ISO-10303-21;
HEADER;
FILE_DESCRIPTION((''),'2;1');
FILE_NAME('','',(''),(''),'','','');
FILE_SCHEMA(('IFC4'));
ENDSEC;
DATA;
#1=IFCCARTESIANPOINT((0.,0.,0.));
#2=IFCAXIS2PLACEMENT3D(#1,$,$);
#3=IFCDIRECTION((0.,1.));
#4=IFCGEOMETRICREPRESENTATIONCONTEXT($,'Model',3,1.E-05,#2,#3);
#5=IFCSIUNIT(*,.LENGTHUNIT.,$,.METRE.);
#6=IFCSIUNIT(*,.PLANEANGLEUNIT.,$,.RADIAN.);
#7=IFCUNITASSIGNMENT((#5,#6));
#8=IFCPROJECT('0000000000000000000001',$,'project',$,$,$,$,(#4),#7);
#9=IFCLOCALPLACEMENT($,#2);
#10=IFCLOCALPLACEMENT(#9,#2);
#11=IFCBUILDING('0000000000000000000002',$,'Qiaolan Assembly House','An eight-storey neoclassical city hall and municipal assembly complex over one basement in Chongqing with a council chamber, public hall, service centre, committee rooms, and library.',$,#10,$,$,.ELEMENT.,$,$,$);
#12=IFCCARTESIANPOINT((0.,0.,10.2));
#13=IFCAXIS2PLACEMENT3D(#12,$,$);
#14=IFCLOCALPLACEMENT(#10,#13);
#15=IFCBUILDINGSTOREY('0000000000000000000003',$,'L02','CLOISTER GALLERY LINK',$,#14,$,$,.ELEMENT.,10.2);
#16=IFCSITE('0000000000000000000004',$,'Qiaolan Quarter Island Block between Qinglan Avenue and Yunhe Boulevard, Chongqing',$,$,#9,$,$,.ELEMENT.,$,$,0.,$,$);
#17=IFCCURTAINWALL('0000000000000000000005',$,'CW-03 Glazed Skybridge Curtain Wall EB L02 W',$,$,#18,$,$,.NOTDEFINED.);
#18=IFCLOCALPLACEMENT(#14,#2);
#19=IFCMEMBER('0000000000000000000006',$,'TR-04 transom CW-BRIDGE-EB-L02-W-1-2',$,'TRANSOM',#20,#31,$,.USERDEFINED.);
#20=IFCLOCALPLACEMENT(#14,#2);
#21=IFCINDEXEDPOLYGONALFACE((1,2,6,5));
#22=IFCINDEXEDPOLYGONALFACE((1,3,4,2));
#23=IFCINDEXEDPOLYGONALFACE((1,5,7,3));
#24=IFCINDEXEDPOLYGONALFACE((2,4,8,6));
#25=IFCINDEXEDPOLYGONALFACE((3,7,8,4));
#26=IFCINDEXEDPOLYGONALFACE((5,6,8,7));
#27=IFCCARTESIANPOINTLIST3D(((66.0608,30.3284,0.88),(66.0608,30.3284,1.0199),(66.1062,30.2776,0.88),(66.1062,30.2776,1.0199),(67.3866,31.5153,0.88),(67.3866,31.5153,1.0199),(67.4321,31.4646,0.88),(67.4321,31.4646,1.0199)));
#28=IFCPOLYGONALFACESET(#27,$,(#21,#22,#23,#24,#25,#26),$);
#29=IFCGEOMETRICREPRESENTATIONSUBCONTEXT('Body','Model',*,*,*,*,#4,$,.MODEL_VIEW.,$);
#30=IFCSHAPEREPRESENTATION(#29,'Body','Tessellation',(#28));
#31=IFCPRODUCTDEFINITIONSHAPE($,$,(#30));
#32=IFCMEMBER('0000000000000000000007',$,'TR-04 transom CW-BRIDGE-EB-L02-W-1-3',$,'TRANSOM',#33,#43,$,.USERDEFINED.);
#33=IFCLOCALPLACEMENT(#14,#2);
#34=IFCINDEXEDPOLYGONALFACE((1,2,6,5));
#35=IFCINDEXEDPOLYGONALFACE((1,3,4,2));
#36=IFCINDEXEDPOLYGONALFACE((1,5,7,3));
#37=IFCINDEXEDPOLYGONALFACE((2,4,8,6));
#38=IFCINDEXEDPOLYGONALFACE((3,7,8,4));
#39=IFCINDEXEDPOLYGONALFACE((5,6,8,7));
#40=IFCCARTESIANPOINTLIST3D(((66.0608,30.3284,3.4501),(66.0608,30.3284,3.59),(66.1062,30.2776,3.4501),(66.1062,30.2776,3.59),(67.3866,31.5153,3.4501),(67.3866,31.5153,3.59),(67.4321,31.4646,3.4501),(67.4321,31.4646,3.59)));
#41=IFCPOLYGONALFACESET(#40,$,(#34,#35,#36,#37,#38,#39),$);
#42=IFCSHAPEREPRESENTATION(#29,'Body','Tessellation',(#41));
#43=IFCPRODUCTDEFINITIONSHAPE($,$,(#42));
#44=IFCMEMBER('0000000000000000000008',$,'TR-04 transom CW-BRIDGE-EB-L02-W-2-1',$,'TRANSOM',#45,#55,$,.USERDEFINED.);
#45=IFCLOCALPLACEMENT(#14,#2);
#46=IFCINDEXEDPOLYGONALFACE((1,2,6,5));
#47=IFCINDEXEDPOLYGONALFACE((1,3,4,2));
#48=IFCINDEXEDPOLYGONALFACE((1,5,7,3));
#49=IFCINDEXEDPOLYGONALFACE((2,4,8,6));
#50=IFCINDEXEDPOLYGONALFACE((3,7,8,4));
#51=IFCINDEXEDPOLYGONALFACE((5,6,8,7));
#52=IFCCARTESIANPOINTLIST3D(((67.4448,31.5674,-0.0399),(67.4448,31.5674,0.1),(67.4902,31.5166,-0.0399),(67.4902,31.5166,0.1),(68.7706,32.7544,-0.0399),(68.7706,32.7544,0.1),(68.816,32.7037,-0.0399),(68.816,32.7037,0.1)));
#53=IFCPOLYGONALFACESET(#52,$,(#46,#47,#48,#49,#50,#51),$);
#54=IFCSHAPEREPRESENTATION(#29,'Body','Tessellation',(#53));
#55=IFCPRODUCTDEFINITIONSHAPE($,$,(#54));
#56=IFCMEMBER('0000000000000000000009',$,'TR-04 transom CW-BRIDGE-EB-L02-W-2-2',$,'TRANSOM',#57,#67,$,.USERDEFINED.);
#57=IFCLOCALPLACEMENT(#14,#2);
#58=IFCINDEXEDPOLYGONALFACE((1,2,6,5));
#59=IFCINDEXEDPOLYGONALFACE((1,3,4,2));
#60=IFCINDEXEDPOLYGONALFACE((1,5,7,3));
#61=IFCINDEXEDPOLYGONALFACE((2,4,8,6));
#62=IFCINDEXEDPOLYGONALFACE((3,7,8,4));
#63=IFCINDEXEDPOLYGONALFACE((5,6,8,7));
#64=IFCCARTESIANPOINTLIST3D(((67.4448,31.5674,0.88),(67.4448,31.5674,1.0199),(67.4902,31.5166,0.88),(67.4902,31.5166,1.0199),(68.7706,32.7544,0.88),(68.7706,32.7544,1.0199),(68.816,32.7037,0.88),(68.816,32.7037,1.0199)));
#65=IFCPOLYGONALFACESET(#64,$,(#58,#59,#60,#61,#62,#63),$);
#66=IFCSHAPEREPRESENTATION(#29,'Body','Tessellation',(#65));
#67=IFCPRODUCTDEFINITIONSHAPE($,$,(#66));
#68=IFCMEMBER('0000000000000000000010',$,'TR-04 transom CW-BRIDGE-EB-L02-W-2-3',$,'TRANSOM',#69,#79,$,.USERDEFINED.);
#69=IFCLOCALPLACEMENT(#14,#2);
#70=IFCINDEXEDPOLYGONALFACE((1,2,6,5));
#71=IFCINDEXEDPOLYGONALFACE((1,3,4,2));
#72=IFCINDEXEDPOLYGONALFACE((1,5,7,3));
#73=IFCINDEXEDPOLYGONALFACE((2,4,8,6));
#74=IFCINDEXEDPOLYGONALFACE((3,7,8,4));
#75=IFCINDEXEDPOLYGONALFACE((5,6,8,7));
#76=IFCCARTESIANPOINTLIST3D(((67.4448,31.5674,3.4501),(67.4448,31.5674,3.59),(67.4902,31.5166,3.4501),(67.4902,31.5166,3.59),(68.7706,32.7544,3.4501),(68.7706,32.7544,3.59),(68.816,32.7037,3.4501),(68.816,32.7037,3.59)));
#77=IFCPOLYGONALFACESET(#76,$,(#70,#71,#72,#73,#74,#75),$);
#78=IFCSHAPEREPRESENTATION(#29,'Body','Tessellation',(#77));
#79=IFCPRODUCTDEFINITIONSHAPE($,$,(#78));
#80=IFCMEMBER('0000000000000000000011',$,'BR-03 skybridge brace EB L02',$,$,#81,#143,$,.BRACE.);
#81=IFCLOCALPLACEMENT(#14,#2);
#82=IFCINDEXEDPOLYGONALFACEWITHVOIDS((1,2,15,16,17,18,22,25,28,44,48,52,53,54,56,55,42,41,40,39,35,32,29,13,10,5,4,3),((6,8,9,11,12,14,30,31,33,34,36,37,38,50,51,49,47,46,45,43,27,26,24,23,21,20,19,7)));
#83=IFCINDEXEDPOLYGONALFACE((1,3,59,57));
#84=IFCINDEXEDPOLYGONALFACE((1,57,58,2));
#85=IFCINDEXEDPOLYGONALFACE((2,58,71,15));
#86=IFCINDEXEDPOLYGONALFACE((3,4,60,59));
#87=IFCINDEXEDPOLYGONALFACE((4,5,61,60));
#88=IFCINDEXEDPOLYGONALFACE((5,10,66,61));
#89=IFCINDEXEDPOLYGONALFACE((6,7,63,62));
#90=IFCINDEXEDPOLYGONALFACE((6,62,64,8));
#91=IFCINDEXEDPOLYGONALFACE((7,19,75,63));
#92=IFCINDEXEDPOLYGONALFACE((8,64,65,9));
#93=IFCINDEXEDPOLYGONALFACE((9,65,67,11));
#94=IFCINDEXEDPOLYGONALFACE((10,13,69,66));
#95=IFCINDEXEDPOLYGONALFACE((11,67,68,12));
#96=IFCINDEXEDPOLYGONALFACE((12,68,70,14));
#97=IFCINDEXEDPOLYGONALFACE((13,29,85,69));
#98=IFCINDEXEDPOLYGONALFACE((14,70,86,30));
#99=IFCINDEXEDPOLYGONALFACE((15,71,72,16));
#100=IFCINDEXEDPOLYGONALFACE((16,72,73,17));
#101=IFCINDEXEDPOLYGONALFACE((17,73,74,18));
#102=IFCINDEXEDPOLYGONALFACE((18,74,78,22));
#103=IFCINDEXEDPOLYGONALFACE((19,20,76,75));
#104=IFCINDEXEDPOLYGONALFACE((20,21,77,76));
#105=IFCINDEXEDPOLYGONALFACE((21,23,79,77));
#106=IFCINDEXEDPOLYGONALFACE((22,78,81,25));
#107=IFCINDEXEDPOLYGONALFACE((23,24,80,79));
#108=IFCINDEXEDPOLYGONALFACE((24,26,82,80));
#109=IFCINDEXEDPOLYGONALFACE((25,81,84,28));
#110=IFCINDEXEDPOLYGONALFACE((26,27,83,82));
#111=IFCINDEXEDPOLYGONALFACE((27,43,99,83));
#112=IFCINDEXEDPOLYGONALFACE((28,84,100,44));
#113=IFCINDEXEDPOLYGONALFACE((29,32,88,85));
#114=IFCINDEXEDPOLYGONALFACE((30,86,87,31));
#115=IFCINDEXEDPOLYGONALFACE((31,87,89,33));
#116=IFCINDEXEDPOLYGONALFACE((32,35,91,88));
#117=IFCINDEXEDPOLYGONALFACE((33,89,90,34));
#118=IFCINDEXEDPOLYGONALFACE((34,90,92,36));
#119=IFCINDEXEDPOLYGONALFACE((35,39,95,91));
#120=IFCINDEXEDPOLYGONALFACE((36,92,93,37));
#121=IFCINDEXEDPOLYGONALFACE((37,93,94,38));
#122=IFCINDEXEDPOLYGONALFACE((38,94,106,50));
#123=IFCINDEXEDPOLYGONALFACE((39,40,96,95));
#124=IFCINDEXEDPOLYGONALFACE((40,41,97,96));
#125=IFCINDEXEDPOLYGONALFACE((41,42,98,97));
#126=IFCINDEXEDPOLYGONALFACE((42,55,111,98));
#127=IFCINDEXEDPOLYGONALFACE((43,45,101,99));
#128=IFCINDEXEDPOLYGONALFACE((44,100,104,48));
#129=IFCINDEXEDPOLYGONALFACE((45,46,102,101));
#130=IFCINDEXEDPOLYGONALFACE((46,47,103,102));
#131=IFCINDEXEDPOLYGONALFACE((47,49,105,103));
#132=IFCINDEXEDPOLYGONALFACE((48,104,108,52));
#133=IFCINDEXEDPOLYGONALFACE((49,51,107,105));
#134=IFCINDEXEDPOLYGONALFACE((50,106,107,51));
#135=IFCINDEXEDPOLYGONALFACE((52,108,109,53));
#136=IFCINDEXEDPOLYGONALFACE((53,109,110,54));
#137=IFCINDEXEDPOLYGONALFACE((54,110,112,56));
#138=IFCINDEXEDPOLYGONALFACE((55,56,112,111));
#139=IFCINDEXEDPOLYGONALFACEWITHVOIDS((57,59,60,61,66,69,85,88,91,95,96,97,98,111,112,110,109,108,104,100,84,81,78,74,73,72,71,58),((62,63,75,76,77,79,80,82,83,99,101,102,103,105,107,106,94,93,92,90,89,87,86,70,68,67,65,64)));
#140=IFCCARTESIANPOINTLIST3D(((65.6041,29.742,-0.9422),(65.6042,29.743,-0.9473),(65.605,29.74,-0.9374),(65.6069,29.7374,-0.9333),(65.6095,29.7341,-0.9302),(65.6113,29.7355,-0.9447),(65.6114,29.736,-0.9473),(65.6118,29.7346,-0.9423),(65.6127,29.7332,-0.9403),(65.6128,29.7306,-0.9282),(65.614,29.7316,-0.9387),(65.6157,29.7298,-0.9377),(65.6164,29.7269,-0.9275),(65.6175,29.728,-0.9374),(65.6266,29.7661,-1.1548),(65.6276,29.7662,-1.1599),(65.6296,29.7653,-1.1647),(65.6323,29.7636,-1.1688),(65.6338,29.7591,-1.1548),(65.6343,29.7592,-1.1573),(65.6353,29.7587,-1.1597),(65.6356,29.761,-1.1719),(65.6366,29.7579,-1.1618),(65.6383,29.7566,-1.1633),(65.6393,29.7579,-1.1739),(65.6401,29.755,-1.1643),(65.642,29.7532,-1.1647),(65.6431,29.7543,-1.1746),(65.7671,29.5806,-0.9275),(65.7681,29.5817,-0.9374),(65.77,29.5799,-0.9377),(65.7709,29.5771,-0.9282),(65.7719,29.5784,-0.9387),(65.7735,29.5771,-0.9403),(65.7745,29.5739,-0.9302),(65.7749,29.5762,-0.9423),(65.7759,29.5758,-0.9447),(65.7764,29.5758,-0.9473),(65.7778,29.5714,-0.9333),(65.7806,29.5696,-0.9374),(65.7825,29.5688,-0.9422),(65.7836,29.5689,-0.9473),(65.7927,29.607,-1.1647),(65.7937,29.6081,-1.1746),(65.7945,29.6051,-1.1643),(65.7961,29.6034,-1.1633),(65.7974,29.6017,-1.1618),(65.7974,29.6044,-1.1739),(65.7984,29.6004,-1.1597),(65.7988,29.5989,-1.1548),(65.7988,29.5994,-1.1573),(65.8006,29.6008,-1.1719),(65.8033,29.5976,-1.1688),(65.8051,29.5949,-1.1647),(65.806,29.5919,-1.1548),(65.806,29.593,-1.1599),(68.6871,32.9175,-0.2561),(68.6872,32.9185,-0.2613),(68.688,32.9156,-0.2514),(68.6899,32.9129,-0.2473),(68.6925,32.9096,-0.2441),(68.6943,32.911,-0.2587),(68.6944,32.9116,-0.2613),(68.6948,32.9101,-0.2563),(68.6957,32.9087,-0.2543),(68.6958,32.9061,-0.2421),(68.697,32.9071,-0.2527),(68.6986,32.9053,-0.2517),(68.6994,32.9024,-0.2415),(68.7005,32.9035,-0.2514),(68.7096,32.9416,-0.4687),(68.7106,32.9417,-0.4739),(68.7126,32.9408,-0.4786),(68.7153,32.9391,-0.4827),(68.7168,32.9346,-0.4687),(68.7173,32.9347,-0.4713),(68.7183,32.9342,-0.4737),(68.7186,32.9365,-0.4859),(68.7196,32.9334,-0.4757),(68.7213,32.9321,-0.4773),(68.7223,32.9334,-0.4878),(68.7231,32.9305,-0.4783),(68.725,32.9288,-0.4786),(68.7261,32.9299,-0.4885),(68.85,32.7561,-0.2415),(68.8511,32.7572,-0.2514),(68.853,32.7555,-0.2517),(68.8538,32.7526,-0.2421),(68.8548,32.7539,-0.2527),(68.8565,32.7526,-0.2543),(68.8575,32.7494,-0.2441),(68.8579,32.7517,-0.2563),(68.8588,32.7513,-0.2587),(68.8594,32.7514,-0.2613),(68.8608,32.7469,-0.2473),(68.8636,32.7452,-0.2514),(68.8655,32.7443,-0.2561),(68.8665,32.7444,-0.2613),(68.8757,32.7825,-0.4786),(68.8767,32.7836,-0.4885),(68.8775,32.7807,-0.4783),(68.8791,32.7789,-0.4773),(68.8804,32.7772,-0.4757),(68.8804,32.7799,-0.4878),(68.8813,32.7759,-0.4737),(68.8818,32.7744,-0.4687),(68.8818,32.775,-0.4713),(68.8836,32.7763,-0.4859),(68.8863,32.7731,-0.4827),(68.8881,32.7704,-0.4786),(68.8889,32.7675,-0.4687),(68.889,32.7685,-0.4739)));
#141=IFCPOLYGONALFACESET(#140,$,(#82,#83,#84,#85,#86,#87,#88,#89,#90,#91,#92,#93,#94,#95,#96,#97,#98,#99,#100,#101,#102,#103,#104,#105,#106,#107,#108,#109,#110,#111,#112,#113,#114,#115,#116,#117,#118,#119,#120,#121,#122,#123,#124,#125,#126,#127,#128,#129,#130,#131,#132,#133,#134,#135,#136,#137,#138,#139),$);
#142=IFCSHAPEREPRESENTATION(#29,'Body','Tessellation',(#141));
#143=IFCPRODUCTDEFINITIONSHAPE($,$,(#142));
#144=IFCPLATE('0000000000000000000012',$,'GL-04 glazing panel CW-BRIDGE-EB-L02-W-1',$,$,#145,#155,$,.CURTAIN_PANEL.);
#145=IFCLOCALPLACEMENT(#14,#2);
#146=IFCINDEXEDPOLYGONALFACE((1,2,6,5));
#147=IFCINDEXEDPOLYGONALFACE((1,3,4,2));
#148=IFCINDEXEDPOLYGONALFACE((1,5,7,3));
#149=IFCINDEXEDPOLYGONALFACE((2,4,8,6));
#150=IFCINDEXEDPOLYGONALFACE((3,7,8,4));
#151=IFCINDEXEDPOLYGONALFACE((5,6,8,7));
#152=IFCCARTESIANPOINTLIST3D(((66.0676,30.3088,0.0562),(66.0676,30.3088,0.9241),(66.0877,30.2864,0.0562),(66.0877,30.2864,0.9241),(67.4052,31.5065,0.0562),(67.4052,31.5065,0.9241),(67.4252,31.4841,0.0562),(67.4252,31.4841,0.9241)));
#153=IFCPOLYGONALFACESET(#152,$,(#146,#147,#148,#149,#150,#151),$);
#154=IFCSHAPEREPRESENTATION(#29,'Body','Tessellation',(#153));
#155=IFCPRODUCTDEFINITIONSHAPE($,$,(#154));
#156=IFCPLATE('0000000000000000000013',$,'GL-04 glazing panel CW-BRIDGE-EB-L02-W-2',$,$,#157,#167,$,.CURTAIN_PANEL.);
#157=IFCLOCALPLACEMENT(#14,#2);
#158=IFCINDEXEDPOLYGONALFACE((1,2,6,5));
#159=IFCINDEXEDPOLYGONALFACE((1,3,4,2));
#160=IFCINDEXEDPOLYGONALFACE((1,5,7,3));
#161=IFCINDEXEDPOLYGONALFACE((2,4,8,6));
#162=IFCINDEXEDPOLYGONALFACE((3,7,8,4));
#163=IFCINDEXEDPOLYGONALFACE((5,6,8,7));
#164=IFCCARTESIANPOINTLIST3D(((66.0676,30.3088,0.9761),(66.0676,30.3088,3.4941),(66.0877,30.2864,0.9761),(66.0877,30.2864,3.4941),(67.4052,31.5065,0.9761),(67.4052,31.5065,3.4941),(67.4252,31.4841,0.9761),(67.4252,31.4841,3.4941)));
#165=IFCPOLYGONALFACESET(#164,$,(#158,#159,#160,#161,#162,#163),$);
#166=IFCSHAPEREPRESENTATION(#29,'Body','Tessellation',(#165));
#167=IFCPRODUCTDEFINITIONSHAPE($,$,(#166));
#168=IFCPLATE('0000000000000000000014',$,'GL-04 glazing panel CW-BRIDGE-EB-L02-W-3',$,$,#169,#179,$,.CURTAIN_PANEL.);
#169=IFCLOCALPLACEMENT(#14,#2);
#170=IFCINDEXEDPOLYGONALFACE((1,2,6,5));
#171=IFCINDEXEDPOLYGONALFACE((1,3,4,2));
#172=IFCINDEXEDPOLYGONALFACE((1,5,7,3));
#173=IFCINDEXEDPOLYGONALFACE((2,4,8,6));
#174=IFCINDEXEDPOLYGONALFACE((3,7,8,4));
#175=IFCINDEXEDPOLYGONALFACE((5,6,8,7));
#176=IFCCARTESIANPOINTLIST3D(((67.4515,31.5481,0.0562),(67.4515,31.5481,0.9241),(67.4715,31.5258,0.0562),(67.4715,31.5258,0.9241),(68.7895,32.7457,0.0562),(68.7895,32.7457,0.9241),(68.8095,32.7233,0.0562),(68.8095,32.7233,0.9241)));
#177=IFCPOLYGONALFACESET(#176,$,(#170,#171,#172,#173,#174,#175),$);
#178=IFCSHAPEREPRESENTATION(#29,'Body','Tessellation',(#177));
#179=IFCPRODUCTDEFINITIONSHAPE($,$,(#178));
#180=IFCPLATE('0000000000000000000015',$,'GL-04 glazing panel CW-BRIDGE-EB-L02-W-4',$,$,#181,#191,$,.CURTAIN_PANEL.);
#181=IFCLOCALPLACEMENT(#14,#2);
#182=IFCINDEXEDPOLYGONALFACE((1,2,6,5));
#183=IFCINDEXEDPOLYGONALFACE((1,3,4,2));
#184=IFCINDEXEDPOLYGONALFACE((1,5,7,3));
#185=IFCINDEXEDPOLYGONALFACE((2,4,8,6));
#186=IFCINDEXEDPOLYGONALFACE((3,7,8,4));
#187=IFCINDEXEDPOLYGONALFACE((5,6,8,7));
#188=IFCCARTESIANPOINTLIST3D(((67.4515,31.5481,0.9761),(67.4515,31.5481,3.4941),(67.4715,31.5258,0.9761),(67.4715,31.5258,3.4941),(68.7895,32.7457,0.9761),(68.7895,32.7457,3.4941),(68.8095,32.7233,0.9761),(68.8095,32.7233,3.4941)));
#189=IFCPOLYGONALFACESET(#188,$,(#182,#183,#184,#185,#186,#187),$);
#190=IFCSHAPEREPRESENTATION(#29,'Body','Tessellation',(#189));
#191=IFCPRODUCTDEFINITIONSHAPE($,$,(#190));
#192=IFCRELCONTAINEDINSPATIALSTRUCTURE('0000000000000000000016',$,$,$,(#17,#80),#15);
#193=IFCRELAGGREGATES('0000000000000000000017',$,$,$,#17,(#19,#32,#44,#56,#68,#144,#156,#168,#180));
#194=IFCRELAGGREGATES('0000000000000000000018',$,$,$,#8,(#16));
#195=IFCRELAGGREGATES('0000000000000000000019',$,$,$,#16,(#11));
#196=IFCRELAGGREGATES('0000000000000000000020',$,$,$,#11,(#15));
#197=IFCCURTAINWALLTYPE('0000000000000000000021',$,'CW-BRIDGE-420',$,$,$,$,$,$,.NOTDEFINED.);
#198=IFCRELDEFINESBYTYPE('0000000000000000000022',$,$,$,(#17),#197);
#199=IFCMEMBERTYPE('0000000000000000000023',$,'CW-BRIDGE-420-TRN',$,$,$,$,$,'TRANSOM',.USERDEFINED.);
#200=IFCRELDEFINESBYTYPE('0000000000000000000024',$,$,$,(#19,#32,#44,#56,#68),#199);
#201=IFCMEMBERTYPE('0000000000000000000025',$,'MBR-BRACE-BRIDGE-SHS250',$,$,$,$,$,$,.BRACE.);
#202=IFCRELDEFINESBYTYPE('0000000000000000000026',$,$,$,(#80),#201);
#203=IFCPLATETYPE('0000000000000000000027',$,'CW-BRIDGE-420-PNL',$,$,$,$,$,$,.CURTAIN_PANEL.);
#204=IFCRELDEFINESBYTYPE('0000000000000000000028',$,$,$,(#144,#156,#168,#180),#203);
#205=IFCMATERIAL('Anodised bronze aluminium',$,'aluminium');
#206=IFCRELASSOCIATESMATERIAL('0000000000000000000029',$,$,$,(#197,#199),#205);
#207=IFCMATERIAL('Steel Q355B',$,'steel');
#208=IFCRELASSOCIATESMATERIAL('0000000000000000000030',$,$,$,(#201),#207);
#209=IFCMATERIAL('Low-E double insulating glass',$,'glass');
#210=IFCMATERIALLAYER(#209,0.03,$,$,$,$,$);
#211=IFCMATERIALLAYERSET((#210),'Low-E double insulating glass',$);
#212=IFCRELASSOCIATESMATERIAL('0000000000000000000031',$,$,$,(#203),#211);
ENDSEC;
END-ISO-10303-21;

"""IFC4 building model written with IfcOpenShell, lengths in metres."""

from ifc_helpers import new_model, si_unit, direction, frame, frame_2d, origin, origin_2d, place, context, subcontext, project, spatial, rectangle, hollow_rectangle, extrude, material, layer, layer_set, material_profile, profile_set, type_object, element, aggregate, save


model = new_model("IFC4")

# Units and contexts
model_context = context("Model", 3, precision=1e-05, world=origin(), true_north=direction((0.0, 1.0)))
body_context = subcontext(model_context, "Body", "Model", "MODEL_VIEW")
ifc_project = project(units=[si_unit("LENGTHUNIT", "METRE"), si_unit("PLANEANGLEUNIT", "RADIAN")], contexts=[model_context])

# Site, building, storey
site_placement = place(None, origin())
site = spatial("IfcSite", under=ifc_project, at=site_placement, Name="Qiaolan Quarter Island Block between Qinglan Avenue and Yunhe Boulevard, Chongqing", CompositionType="ELEMENT", RefElevation=0.0)
building_placement = place(site_placement, origin())
building = spatial("IfcBuilding", under=site, at=building_placement, Name="Qiaolan Assembly House", Description="An eight-storey neoclassical city hall and municipal assembly complex over one basement in Chongqing with a council chamber, public hall, service centre, committee rooms, and library.", CompositionType="ELEMENT")
storey_placement = place(building_placement, frame((0.0, 0.0, 10.2)))
storey = spatial("IfcBuildingStorey", under=building, at=storey_placement, Name="L02", Description="CLOISTER GALLERY LINK", CompositionType="ELEMENT", Elevation=10.2)

# Shared definitions
ifc_material_1 = material(Name="Steel Q355B", Category="steel")

# Curtain wall, members
ifc_material_2 = material(Name="Anodised bronze aluminium", Category="aluminium")
curtain_wall_type = type_object("IfcCurtainWallType", Name="CW-BRIDGE-420", PredefinedType="NOTDEFINED", material=ifc_material_2)
curtain_wall_placement = place(storey_placement, origin())
curtain_wall = element("IfcCurtainWall", 1, at=curtain_wall_placement, inside=storey, type_object=curtain_wall_type, Name="CW-03 Glazed Skybridge Curtain Wall EB L02 W", PredefinedType="NOTDEFINED")
ifc_material_profile_1 = material_profile(ifc_material_2, rectangle(XDim=0.0681, YDim=0.1399, at=origin_2d()), Name="TRN 68x140")
ifc_profile_set_1 = profile_set([ifc_material_profile_1], Name="Anodised bronze aluminium")
member_type_1 = type_object("IfcMemberType", Name="CW-BRIDGE-420-TRN", ElementType="TRANSOM", PredefinedType="USERDEFINED", material=ifc_profile_set_1)
member_1_placement = place(storey_placement, frame((66.0835, 30.303, 0.95), z_axis=(0.745058, 0.666999, 0.0), x_axis=(-0.666999, 0.745058, 0.0)))
member_1 = element("IfcMember", 2, at=member_1_placement, type_object=member_type_1, Name="TR-04 transom CW-BRIDGE-EB-L02-W-1-2", ObjectType="TRANSOM", PredefinedType="USERDEFINED", context=body_context, shape_type="SweptSolid", body=[
    extrude(rectangle(XDim=0.0681, YDim=0.1399, at=origin_2d()), origin(), (0.0, 0.0, 1.0), 1.7795),
])
member_2_placement = place(storey_placement, frame((66.0835, 30.303, 3.52), z_axis=(0.745058, 0.666999, 0.0), x_axis=(-0.666999, 0.745058, 0.0)))
member_2 = element("IfcMember", 3, at=member_2_placement, type_object=member_type_1, Name="TR-04 transom CW-BRIDGE-EB-L02-W-1-3", ObjectType="TRANSOM", PredefinedType="USERDEFINED", context=body_context, shape_type="SweptSolid", body=[
    extrude(rectangle(XDim=0.0681, YDim=0.1399, at=origin_2d()), origin(), (0.0, 0.0, 1.0), 1.7795),
])
member_3_placement = place(storey_placement, frame((67.4675, 31.542, 0.03), z_axis=(0.744997, 0.667068, 0.0), x_axis=(-0.667068, 0.744997, 0.0)))
member_3 = element("IfcMember", 4, at=member_3_placement, type_object=member_type_1, Name="TR-04 transom CW-BRIDGE-EB-L02-W-2-1", ObjectType="TRANSOM", PredefinedType="USERDEFINED", context=body_context, shape_type="SweptSolid", body=[
    extrude(rectangle(XDim=0.0681, YDim=0.1399, at=origin_2d()), origin(), (0.0, 0.0, 1.0), 1.7795),
])
member_4_placement = place(storey_placement, frame((67.4675, 31.542, 0.95), z_axis=(0.744997, 0.667068, 0.0), x_axis=(-0.667068, 0.744997, 0.0)))
member_4 = element("IfcMember", 5, at=member_4_placement, type_object=member_type_1, Name="TR-04 transom CW-BRIDGE-EB-L02-W-2-2", ObjectType="TRANSOM", PredefinedType="USERDEFINED", context=body_context, shape_type="SweptSolid", body=[
    extrude(rectangle(XDim=0.0681, YDim=0.1399, at=origin_2d()), origin(), (0.0, 0.0, 1.0), 1.7795),
])
member_5_placement = place(storey_placement, frame((67.4675, 31.542, 3.52), z_axis=(0.744997, 0.667068, 0.0), x_axis=(-0.667068, 0.744997, 0.0)))
member_5 = element("IfcMember", 6, at=member_5_placement, type_object=member_type_1, Name="TR-04 transom CW-BRIDGE-EB-L02-W-2-3", ObjectType="TRANSOM", PredefinedType="USERDEFINED", context=body_context, shape_type="SweptSolid", body=[
    extrude(rectangle(XDim=0.0681, YDim=0.1399, at=origin_2d()), origin(), (0.0, 0.0, 1.0), 1.7795),
])

# Member
ifc_material_profile_2 = material_profile(ifc_material_1, hollow_rectangle(XDim=0.25, YDim=0.25, WallThickness=0.01, InnerFilletRadius=0.01, OuterFilletRadius=0.02, at=origin_2d()), Name="SHS 250x250x10")
ifc_profile_set_2 = profile_set([ifc_material_profile_2], Name="Steel Q355B")
member_type_2 = type_object("IfcMemberType", Name="MBR-BRACE-BRIDGE-SHS250", PredefinedType="BRACE", material=ifc_profile_set_2)
member_6_placement = place(storey_placement, frame((65.7051, 29.6675, -1.051), z_axis=(0.688356, 0.709016, 0.153174), x_axis=(-0.717483, 0.696576, 0.0)))
element("IfcMember", 7, at=member_6_placement, inside=storey, type_object=member_type_2, Name="BR-03 skybridge brace EB L02", PredefinedType="BRACE", context=body_context, shape_type="SweptSolid", body=[
    extrude(hollow_rectangle(XDim=0.25, YDim=0.25, WallThickness=0.01, InnerFilletRadius=0.01, OuterFilletRadius=0.02, at=origin_2d()), origin(), (0.0, 0.0, 1.0), 4.4788),
])

# Plates
ifc_material_3 = material(Name="Low-E double insulating glass", Category="glass")
ifc_layer_1 = layer(ifc_material_3, 0.03)
ifc_layer_set_1 = layer_set([ifc_layer_1], Name="Low-E double insulating glass")
plate_type_1 = type_object("IfcPlateType", Name="CW-BRIDGE-420-PNL", PredefinedType="CURTAIN_PANEL", material=ifc_layer_set_1)
plate_1_placement = place(storey_placement, frame((66.0776, 30.2976, 0.0562), z_axis=(0.0, 0.0, 1.0), x_axis=(0.744989, 0.667077, 0.0)))
plate_1 = element("IfcPlate", 8, at=plate_1_placement, type_object=plate_type_1, Name="GL-04 glazing panel CW-BRIDGE-EB-L02-W-1", PredefinedType="CURTAIN_PANEL", context=body_context, shape_type="SweptSolid", body=[
    extrude(rectangle(XDim=1.7954, YDim=0.03, at=frame_2d((0.8977, 0.0))), origin(), (0.0, 0.0, 1.0), 0.8679),
])
plate_2_placement = place(storey_placement, frame((66.0776, 30.2976, 0.9761), z_axis=(0.0, 0.0, 1.0), x_axis=(0.744989, 0.667077, 0.0)))
plate_2 = element("IfcPlate", 9, at=plate_2_placement, type_object=plate_type_1, Name="GL-04 glazing panel CW-BRIDGE-EB-L02-W-2", PredefinedType="CURTAIN_PANEL", context=body_context, shape_type="SweptSolid", body=[
    extrude(rectangle(XDim=1.7954, YDim=0.03, at=frame_2d((0.8977, 0.0))), origin(), (0.0, 0.0, 1.0), 2.5181),
])
plate_3_placement = place(storey_placement, frame((67.4614, 31.5369, 0.0562), z_axis=(0.0, 0.0, 1.0), x_axis=(0.745117, 0.666934, 0.0)))
plate_3 = element("IfcPlate", 10, at=plate_3_placement, type_object=plate_type_1, Name="GL-04 glazing panel CW-BRIDGE-EB-L02-W-3", PredefinedType="CURTAIN_PANEL", context=body_context, shape_type="SweptSolid", body=[
    extrude(rectangle(XDim=1.7957, YDim=0.03, at=frame_2d((0.8979, 0.0))), origin(), (0.0, 0.0, 1.0), 0.8679),
])
plate_4_placement = place(storey_placement, frame((67.4614, 31.5369, 0.9761), z_axis=(0.0, 0.0, 1.0), x_axis=(0.745117, 0.666934, 0.0)))
plate_4 = element("IfcPlate", 11, at=plate_4_placement, type_object=plate_type_1, Name="GL-04 glazing panel CW-BRIDGE-EB-L02-W-4", PredefinedType="CURTAIN_PANEL", context=body_context, shape_type="SweptSolid", body=[
    extrude(rectangle(XDim=1.7957, YDim=0.03, at=frame_2d((0.8979, 0.0))), origin(), (0.0, 0.0, 1.0), 2.5181),
])
aggregate(curtain_wall, [member_1, member_2, member_3, member_4, member_5, plate_1, plate_2, plate_3, plate_4])

save(model, "model.ifc")
